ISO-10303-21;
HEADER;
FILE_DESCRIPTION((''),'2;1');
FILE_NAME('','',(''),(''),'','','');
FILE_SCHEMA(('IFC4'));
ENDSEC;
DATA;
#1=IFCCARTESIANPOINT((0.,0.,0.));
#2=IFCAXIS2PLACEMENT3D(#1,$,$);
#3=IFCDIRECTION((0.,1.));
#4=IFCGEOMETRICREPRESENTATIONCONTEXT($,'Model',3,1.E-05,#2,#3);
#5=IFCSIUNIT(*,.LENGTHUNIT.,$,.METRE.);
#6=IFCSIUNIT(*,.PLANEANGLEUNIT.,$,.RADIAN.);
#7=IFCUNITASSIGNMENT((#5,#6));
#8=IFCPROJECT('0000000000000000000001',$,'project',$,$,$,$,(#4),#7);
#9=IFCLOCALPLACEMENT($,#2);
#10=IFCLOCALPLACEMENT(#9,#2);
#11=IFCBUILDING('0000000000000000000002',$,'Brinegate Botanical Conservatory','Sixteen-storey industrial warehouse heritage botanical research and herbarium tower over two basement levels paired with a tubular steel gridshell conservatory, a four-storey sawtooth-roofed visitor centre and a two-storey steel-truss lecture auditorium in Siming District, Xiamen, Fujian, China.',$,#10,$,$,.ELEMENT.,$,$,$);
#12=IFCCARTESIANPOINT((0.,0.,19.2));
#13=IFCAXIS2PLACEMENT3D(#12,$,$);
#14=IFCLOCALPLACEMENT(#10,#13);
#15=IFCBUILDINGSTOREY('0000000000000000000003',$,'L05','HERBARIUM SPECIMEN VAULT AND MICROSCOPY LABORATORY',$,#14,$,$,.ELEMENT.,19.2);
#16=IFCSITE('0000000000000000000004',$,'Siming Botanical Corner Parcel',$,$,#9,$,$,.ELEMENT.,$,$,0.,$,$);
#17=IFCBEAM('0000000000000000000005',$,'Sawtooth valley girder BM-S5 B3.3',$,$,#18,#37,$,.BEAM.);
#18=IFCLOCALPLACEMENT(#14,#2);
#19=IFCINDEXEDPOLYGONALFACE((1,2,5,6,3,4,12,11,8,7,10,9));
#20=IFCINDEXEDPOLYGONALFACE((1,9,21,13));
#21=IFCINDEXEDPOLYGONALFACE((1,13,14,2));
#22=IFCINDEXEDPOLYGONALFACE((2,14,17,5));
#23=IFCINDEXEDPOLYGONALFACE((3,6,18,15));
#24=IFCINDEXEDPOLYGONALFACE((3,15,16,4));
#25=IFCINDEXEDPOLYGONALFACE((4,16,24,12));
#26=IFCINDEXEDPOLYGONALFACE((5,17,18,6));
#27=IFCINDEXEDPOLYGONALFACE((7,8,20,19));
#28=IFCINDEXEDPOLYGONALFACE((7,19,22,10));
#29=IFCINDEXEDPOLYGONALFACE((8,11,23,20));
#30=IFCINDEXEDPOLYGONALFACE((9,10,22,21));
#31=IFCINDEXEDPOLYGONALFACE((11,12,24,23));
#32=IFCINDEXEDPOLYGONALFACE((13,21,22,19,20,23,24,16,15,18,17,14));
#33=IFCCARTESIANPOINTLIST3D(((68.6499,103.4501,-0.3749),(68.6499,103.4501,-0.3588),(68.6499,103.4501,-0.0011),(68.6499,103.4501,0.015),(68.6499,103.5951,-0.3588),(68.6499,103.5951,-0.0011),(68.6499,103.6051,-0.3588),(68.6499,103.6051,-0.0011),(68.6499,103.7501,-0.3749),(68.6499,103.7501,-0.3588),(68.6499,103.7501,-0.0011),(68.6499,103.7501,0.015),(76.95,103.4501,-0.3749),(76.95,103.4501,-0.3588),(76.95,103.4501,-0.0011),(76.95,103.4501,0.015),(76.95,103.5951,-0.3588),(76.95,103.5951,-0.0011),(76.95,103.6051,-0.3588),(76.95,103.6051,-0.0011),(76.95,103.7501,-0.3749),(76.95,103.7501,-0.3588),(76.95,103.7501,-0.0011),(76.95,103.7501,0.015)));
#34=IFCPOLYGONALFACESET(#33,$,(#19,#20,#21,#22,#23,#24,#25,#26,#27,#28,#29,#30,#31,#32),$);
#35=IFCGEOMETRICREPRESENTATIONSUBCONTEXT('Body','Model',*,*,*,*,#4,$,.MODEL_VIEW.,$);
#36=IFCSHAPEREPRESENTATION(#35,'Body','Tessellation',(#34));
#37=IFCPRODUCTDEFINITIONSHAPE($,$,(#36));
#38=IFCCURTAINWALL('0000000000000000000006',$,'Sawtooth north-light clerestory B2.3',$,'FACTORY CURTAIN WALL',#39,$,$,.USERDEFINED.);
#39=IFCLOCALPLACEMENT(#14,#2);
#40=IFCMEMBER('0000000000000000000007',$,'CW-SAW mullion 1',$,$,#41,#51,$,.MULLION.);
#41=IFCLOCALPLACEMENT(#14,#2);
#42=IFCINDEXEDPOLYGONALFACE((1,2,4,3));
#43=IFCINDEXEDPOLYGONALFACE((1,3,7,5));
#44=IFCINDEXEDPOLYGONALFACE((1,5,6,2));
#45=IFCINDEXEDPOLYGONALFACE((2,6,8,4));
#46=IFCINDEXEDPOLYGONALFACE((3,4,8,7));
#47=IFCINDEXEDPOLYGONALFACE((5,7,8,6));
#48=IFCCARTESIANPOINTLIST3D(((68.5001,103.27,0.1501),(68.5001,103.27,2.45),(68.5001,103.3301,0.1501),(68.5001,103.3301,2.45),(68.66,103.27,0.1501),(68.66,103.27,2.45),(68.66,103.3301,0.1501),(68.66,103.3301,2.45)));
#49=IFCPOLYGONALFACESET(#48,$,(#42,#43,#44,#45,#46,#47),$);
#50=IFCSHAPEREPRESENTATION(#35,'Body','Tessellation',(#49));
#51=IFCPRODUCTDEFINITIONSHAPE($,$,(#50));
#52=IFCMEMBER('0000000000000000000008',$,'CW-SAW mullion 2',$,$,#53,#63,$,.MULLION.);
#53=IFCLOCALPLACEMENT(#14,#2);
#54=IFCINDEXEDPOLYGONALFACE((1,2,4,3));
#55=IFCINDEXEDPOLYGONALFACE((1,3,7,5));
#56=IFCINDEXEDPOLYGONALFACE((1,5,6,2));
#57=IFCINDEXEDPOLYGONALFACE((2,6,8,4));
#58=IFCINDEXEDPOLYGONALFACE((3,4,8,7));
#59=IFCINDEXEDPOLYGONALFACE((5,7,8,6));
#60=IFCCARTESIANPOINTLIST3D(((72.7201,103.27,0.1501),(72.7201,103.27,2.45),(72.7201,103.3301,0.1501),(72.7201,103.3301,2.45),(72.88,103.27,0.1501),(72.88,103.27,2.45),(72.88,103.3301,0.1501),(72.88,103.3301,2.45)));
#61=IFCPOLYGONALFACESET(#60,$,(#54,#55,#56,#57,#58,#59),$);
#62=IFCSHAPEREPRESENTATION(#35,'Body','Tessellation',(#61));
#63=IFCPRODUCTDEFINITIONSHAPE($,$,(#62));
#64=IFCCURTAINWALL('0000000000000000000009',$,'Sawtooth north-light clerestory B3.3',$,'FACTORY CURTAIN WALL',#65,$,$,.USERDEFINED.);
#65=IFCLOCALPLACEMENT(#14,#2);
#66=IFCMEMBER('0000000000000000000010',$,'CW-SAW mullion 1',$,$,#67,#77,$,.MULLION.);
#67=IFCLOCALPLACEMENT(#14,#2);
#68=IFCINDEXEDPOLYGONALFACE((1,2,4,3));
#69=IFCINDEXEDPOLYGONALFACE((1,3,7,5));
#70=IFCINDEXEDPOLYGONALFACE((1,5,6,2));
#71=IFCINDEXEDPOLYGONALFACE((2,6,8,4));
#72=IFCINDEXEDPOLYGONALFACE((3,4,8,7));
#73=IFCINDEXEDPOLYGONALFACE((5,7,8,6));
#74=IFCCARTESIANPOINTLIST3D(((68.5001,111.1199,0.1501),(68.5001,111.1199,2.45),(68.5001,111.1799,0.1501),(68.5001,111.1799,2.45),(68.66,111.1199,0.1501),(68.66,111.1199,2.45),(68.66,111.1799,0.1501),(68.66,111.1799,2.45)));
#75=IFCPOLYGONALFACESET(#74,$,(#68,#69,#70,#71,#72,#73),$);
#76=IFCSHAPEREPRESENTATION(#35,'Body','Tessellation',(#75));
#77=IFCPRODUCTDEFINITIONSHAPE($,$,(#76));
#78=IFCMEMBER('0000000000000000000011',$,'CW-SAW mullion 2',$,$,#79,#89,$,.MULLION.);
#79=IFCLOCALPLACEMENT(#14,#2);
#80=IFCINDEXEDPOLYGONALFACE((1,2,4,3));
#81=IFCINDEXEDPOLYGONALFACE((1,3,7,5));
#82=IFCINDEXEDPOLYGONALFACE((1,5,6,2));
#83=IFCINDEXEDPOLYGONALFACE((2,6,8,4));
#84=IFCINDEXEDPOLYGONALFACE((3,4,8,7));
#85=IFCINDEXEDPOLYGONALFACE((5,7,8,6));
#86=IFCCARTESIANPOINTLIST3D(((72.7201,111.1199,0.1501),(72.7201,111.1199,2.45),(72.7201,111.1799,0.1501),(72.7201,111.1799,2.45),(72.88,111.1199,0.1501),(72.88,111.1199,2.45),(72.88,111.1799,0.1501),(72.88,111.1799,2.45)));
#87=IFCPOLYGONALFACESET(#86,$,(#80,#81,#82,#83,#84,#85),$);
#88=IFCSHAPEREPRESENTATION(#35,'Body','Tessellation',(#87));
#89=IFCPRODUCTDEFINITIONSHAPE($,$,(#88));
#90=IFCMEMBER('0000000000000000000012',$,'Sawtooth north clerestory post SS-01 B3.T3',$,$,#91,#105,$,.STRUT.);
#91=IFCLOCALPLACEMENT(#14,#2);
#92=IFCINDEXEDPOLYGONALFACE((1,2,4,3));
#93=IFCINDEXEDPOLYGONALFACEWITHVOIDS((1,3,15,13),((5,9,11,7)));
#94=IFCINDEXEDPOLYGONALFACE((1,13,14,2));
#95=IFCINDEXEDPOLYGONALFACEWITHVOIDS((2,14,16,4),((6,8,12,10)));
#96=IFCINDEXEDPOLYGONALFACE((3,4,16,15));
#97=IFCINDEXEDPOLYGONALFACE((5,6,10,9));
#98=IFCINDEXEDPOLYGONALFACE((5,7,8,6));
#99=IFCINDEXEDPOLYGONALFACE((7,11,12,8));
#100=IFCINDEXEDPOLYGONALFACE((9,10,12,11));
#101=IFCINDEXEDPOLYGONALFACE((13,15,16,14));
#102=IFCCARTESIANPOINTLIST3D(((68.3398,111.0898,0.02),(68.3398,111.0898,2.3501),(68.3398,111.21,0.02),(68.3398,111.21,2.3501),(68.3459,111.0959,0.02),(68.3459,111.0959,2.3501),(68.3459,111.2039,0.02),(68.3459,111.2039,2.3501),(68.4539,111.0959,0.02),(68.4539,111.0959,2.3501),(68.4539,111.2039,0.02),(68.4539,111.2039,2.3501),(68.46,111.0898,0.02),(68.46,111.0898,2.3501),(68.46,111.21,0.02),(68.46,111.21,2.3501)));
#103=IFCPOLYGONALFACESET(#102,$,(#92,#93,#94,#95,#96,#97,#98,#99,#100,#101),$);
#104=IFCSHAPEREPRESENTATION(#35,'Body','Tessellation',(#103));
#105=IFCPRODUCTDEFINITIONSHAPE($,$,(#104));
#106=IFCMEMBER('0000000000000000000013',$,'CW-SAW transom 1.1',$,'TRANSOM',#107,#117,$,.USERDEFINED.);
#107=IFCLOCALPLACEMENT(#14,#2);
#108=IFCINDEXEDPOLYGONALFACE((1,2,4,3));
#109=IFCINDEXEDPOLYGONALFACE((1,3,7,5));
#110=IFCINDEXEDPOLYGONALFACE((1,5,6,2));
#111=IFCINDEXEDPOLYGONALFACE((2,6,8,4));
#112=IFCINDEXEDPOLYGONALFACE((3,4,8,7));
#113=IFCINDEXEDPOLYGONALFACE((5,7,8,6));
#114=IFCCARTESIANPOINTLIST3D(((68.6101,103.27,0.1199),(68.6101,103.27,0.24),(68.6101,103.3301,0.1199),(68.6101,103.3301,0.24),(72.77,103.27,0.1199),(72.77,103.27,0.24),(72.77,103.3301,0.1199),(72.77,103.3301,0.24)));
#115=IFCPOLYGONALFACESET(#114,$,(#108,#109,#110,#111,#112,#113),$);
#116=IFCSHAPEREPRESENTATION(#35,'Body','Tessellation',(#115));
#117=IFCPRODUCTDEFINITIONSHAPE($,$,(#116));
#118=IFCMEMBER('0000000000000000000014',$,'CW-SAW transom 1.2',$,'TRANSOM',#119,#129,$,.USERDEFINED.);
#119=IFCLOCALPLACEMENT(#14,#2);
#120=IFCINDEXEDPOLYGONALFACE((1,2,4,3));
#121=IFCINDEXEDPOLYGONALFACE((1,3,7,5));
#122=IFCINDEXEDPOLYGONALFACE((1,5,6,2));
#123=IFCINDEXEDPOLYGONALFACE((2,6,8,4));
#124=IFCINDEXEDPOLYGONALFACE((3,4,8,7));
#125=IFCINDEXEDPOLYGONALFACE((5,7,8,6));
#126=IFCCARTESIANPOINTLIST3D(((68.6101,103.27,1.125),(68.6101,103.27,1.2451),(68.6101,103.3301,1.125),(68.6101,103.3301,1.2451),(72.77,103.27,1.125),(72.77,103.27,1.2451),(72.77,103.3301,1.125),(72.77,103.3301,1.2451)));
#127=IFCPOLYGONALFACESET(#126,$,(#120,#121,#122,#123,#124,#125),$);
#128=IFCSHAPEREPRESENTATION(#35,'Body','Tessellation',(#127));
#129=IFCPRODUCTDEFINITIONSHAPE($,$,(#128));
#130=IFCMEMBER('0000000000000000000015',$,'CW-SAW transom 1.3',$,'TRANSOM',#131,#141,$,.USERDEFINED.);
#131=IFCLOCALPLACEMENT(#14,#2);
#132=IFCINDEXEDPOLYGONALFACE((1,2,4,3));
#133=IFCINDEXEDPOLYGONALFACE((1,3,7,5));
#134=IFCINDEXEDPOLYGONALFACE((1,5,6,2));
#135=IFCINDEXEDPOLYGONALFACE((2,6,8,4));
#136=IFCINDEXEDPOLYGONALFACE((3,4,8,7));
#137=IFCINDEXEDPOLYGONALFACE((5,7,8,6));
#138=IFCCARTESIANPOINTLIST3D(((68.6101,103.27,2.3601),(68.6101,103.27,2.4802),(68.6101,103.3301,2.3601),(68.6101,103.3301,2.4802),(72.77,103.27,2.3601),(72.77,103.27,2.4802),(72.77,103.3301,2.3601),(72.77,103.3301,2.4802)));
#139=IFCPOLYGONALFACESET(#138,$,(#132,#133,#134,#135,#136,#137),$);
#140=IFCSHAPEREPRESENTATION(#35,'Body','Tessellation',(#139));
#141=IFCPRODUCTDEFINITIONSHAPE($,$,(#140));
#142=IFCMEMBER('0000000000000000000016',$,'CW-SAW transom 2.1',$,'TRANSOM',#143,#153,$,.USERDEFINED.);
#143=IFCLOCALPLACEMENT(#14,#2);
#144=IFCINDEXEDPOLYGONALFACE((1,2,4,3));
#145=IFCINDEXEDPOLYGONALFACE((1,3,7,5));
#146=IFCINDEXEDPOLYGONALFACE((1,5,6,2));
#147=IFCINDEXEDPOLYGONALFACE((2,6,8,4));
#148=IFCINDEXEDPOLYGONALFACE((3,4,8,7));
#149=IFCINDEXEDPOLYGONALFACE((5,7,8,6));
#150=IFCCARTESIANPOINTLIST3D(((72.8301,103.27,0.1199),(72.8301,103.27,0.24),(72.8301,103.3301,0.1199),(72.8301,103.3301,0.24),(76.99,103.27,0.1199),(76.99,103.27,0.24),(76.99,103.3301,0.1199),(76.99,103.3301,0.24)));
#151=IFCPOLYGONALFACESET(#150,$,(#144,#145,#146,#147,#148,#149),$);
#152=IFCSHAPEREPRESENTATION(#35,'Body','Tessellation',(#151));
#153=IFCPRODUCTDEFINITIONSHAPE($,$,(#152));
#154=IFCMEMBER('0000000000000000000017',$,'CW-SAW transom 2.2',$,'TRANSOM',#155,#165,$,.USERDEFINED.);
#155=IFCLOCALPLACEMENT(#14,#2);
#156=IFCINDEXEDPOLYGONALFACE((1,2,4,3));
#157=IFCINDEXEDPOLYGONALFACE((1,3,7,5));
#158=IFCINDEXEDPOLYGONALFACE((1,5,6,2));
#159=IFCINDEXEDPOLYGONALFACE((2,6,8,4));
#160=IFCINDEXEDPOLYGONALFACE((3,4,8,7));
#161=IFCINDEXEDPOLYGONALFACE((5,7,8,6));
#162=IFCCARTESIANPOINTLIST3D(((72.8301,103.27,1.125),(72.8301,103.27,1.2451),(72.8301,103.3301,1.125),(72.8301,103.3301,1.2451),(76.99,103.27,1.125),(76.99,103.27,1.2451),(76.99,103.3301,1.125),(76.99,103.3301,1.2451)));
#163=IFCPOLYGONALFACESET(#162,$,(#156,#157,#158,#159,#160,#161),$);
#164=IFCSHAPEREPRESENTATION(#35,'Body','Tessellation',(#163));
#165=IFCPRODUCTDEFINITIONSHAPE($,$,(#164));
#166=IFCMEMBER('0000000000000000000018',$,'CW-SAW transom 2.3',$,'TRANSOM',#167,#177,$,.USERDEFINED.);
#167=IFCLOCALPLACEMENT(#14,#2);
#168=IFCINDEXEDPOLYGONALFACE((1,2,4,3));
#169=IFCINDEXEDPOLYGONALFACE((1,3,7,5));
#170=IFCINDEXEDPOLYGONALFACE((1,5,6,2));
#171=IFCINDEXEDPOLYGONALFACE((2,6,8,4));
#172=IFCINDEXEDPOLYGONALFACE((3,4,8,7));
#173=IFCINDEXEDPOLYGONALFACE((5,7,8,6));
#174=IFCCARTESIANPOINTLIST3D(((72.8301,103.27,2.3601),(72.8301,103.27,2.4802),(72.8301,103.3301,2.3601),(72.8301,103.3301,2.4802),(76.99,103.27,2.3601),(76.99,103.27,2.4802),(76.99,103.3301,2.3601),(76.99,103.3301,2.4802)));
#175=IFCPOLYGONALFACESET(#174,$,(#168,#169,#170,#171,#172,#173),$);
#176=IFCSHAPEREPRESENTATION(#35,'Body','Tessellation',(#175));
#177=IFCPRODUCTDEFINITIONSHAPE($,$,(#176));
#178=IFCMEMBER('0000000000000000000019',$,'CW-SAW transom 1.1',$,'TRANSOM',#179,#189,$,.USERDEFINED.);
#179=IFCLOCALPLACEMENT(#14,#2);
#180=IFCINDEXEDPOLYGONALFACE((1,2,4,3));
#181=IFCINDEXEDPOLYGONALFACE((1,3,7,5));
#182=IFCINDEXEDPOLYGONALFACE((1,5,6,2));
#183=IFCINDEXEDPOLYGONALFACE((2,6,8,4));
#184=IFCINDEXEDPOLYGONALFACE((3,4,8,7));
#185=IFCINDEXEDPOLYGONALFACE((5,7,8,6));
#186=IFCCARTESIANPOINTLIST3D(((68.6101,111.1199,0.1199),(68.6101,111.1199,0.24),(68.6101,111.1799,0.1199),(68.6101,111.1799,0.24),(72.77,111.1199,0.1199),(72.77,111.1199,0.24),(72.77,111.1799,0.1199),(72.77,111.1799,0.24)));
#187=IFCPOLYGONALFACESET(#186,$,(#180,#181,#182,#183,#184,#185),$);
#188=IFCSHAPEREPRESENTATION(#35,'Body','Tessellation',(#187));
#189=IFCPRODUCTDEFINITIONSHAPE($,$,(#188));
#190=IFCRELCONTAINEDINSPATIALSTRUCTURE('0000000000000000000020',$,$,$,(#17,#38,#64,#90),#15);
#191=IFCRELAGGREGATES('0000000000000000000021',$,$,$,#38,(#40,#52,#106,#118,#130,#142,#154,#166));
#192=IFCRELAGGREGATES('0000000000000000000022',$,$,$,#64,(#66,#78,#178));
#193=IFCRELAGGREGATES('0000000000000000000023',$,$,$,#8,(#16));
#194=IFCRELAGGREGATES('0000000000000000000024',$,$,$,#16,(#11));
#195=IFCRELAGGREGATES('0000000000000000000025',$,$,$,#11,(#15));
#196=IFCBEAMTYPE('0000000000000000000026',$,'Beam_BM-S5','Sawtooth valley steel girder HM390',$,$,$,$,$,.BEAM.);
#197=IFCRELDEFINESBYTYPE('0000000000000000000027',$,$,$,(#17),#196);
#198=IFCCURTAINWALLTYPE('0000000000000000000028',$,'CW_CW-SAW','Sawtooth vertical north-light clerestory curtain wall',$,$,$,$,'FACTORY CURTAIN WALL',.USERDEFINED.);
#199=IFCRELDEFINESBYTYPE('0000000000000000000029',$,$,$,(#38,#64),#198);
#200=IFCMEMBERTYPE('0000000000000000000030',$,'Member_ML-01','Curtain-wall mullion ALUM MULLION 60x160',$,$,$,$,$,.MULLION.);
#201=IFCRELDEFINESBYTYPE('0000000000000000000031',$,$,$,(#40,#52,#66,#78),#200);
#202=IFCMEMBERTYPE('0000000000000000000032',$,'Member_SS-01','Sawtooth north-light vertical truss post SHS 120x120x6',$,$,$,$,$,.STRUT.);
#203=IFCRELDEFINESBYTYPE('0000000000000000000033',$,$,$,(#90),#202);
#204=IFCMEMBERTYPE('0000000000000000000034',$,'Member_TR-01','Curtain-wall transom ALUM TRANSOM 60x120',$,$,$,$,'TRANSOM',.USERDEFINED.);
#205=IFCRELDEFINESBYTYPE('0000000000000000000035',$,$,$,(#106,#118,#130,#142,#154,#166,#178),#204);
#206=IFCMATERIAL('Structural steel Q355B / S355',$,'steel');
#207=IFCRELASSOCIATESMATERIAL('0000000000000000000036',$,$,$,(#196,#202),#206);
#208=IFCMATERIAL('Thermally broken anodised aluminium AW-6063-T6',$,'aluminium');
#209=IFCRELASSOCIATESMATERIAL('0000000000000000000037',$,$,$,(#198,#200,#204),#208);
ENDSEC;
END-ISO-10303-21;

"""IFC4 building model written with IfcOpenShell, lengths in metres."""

from ifc_helpers import new_model, si_unit, direction, frame, origin, origin_2d, place, context, subcontext, project, spatial, rectangle, hollow_rectangle, i_section, extrude, material, material_profile, profile_set, type_object, element, aggregate, save


model = new_model("IFC4")

# Units and contexts
model_context = context("Model", 3, precision=1e-05, world=origin(), true_north=direction((0.0, 1.0)))
body_context = subcontext(model_context, "Body", "Model", "MODEL_VIEW")
ifc_project = project(units=[si_unit("LENGTHUNIT", "METRE"), si_unit("PLANEANGLEUNIT", "RADIAN")], contexts=[model_context])

# Site, building, storey
site_placement = place(None, origin())
site = spatial("IfcSite", under=ifc_project, at=site_placement, Name="Siming Botanical Corner Parcel", CompositionType="ELEMENT", RefElevation=0.0)
building_placement = place(site_placement, origin())
building = spatial("IfcBuilding", under=site, at=building_placement, Name="Brinegate Botanical Conservatory", Description="Sixteen-storey industrial warehouse heritage botanical research and herbarium tower over two basement levels paired with a tubular steel gridshell conservatory, a four-storey sawtooth-roofed visitor centre and a two-storey steel-truss lecture auditorium in Siming District, Xiamen, Fujian, China.", CompositionType="ELEMENT")
storey_placement = place(building_placement, frame((0.0, 0.0, 19.2)))
storey = spatial("IfcBuildingStorey", under=building, at=storey_placement, Name="L05", Description="HERBARIUM SPECIMEN VAULT AND MICROSCOPY LABORATORY", CompositionType="ELEMENT", Elevation=19.2)

# Beam
ifc_material_1 = material(Name="Structural steel Q355B / S355", Category="steel")
ifc_material_profile_1 = material_profile(ifc_material_1, i_section(OverallWidth=0.3, OverallDepth=0.3899, WebThickness=0.01, FlangeThickness=0.0161, at=origin_2d()), Name="HM 390x300x10x16")
ifc_profile_set_1 = profile_set([ifc_material_profile_1], Name="Structural steel Q355B / S355")
beam_type = type_object("IfcBeamType", Name="Beam_BM-S5", Description="Sawtooth valley steel girder HM390", PredefinedType="BEAM", material=ifc_profile_set_1)
beam_placement = place(storey_placement, frame((68.6499, 103.6001, -0.1799), z_axis=(1.0, 0.0, 0.0), x_axis=(0.0, 1.0, 0.0)))
element("IfcBeam", 1, at=beam_placement, inside=storey, type_object=beam_type, Name="Sawtooth valley girder BM-S5 B3.3", PredefinedType="BEAM", context=body_context, shape_type="SweptSolid", body=[
    extrude(i_section(OverallWidth=0.3, OverallDepth=0.3899, WebThickness=0.01, FlangeThickness=0.0161, at=origin_2d()), origin(), (0.0, 0.0, 1.0), 8.3),
])

# Curtain walls, members
ifc_material_2 = material(Name="Thermally broken anodised aluminium AW-6063-T6", Category="aluminium")
curtain_wall_type = type_object("IfcCurtainWallType", Name="CW_CW-SAW", Description="Sawtooth vertical north-light clerestory curtain wall", ElementType="FACTORY CURTAIN WALL", PredefinedType="USERDEFINED", material=ifc_material_2)
curtain_wall_1_placement = place(storey_placement, origin())
curtain_wall_1 = element("IfcCurtainWall", 2, at=curtain_wall_1_placement, inside=storey, type_object=curtain_wall_type, Name="Sawtooth north-light clerestory B2.3", ObjectType="FACTORY CURTAIN WALL", PredefinedType="USERDEFINED")
ifc_material_profile_2 = material_profile(ifc_material_2, rectangle(XDim=0.0601, YDim=0.1599, at=origin_2d()), Name="ALUM MULLION 60x160")
ifc_profile_set_2 = profile_set([ifc_material_profile_2], Name="Thermally broken anodised aluminium AW-6063-T6")
member_type_1 = type_object("IfcMemberType", Name="Member_ML-01", Description="Curtain-wall mullion ALUM MULLION 60x160", PredefinedType="MULLION", material=ifc_profile_set_2)
member_1_placement = place(storey_placement, frame((68.5801, 103.3, 0.1501), z_axis=(0.0, 0.0, 1.0), x_axis=(0.0, 1.0, 0.0)))
member_1 = element("IfcMember", 3, at=member_1_placement, type_object=member_type_1, Name="CW-SAW mullion 1", PredefinedType="MULLION", context=body_context, shape_type="SweptSolid", body=[
    extrude(rectangle(XDim=0.0601, YDim=0.1599, at=origin_2d()), origin(), (0.0, 0.0, 1.0), 2.2998),
])
member_2_placement = place(storey_placement, frame((72.8, 103.3, 0.1501), z_axis=(0.0, 0.0, 1.0), x_axis=(0.0, 1.0, 0.0)))
member_2 = element("IfcMember", 4, at=member_2_placement, type_object=member_type_1, Name="CW-SAW mullion 2", PredefinedType="MULLION", context=body_context, shape_type="SweptSolid", body=[
    extrude(rectangle(XDim=0.0601, YDim=0.1599, at=origin_2d()), origin(), (0.0, 0.0, 1.0), 2.2998),
])
curtain_wall_2_placement = place(storey_placement, origin())
curtain_wall_2 = element("IfcCurtainWall", 5, at=curtain_wall_2_placement, inside=storey, type_object=curtain_wall_type, Name="Sawtooth north-light clerestory B3.3", ObjectType="FACTORY CURTAIN WALL", PredefinedType="USERDEFINED")
member_3_placement = place(storey_placement, frame((68.5801, 111.1499, 0.1501), z_axis=(0.0, 0.0, 1.0), x_axis=(0.0, 1.0, 0.0)))
member_3 = element("IfcMember", 6, at=member_3_placement, type_object=member_type_1, Name="CW-SAW mullion 1", PredefinedType="MULLION", context=body_context, shape_type="SweptSolid", body=[
    extrude(rectangle(XDim=0.0601, YDim=0.1599, at=origin_2d()), origin(), (0.0, 0.0, 1.0), 2.2998),
])
member_4_placement = place(storey_placement, frame((72.8, 111.1499, 0.1501), z_axis=(0.0, 0.0, 1.0), x_axis=(0.0, 1.0, 0.0)))
member_4 = element("IfcMember", 7, at=member_4_placement, type_object=member_type_1, Name="CW-SAW mullion 2", PredefinedType="MULLION", context=body_context, shape_type="SweptSolid", body=[
    extrude(rectangle(XDim=0.0601, YDim=0.1599, at=origin_2d()), origin(), (0.0, 0.0, 1.0), 2.2998),
])

# Members
ifc_material_profile_3 = material_profile(ifc_material_1, hollow_rectangle(XDim=0.1201, YDim=0.1201, WallThickness=0.0061, at=origin_2d()), Name="SHS 120x120x6")
ifc_profile_set_3 = profile_set([ifc_material_profile_3], Name="Structural steel Q355B / S355")
member_type_2 = type_object("IfcMemberType", Name="Member_SS-01", Description="Sawtooth north-light vertical truss post SHS 120x120x6", PredefinedType="STRUT", material=ifc_profile_set_3)
member_5_placement = place(storey_placement, frame((68.3999, 111.1499, 0.02), z_axis=(0.0, 0.0, 1.0), x_axis=(1.0, 0.0, 0.0)))
element("IfcMember", 8, at=member_5_placement, inside=storey, type_object=member_type_2, Name="Sawtooth north clerestory post SS-01 B3.T3", PredefinedType="STRUT", context=body_context, shape_type="SweptSolid", body=[
    extrude(hollow_rectangle(XDim=0.1201, YDim=0.1201, WallThickness=0.0061, at=origin_2d()), origin(), (0.0, 0.0, 1.0), 2.3301),
])
ifc_material_profile_4 = material_profile(ifc_material_2, rectangle(XDim=0.0601, YDim=0.1201, at=origin_2d()), Name="ALUM TRANSOM 60x120")
ifc_profile_set_4 = profile_set([ifc_material_profile_4], Name="Thermally broken anodised aluminium AW-6063-T6")
member_type_3 = type_object("IfcMemberType", Name="Member_TR-01", Description="Curtain-wall transom ALUM TRANSOM 60x120", ElementType="TRANSOM", PredefinedType="USERDEFINED", material=ifc_profile_set_4)
member_6_placement = place(storey_placement, frame((68.6101, 103.3, 0.1799), z_axis=(1.0, 0.0, 0.0), x_axis=(0.0, 1.0, 0.0)))
member_6 = element("IfcMember", 9, at=member_6_placement, type_object=member_type_3, Name="CW-SAW transom 1.1", ObjectType="TRANSOM", PredefinedType="USERDEFINED", context=body_context, shape_type="SweptSolid", body=[
    extrude(rectangle(XDim=0.0601, YDim=0.1201, at=origin_2d()), origin(), (0.0, 0.0, 1.0), 4.1599),
])
member_7_placement = place(storey_placement, frame((68.6101, 103.3, 1.1851), z_axis=(1.0, 0.0, 0.0), x_axis=(0.0, 1.0, 0.0)))
member_7 = element("IfcMember", 10, at=member_7_placement, type_object=member_type_3, Name="CW-SAW transom 1.2", ObjectType="TRANSOM", PredefinedType="USERDEFINED", context=body_context, shape_type="SweptSolid", body=[
    extrude(rectangle(XDim=0.0601, YDim=0.1201, at=origin_2d()), origin(), (0.0, 0.0, 1.0), 4.1599),
])
member_8_placement = place(storey_placement, frame((68.6101, 103.3, 2.4202), z_axis=(1.0, 0.0, 0.0), x_axis=(0.0, 1.0, 0.0)))
member_8 = element("IfcMember", 11, at=member_8_placement, type_object=member_type_3, Name="CW-SAW transom 1.3", ObjectType="TRANSOM", PredefinedType="USERDEFINED", context=body_context, shape_type="SweptSolid", body=[
    extrude(rectangle(XDim=0.0601, YDim=0.1201, at=origin_2d()), origin(), (0.0, 0.0, 1.0), 4.1599),
])
member_9_placement = place(storey_placement, frame((72.8301, 103.3, 0.1799), z_axis=(1.0, 0.0, 0.0), x_axis=(0.0, 1.0, 0.0)))
member_9 = element("IfcMember", 12, at=member_9_placement, type_object=member_type_3, Name="CW-SAW transom 2.1", ObjectType="TRANSOM", PredefinedType="USERDEFINED", context=body_context, shape_type="SweptSolid", body=[
    extrude(rectangle(XDim=0.0601, YDim=0.1201, at=origin_2d()), origin(), (0.0, 0.0, 1.0), 4.1599),
])
member_10_placement = place(storey_placement, frame((72.8301, 103.3, 1.1851), z_axis=(1.0, 0.0, 0.0), x_axis=(0.0, 1.0, 0.0)))
member_10 = element("IfcMember", 13, at=member_10_placement, type_object=member_type_3, Name="CW-SAW transom 2.2", ObjectType="TRANSOM", PredefinedType="USERDEFINED", context=body_context, shape_type="SweptSolid", body=[
    extrude(rectangle(XDim=0.0601, YDim=0.1201, at=origin_2d()), origin(), (0.0, 0.0, 1.0), 4.1599),
])
member_11_placement = place(storey_placement, frame((72.8301, 103.3, 2.4202), z_axis=(1.0, 0.0, 0.0), x_axis=(0.0, 1.0, 0.0)))
member_11 = element("IfcMember", 14, at=member_11_placement, type_object=member_type_3, Name="CW-SAW transom 2.3", ObjectType="TRANSOM", PredefinedType="USERDEFINED", context=body_context, shape_type="SweptSolid", body=[
    extrude(rectangle(XDim=0.0601, YDim=0.1201, at=origin_2d()), origin(), (0.0, 0.0, 1.0), 4.1599),
])
member_12_placement = place(storey_placement, frame((68.6101, 111.1499, 0.1799), z_axis=(1.0, 0.0, 0.0), x_axis=(0.0, 1.0, 0.0)))
member_12 = element("IfcMember", 15, at=member_12_placement, type_object=member_type_3, Name="CW-SAW transom 1.1", ObjectType="TRANSOM", PredefinedType="USERDEFINED", context=body_context, shape_type="SweptSolid", body=[
    extrude(rectangle(XDim=0.0601, YDim=0.1201, at=origin_2d()), origin(), (0.0, 0.0, 1.0), 4.1599),
])

aggregate(curtain_wall_1, [member_1, member_2, member_6, member_7, member_8, member_9, member_10, member_11])
aggregate(curtain_wall_2, [member_3, member_4, member_12])

save(model, "model.ifc")
